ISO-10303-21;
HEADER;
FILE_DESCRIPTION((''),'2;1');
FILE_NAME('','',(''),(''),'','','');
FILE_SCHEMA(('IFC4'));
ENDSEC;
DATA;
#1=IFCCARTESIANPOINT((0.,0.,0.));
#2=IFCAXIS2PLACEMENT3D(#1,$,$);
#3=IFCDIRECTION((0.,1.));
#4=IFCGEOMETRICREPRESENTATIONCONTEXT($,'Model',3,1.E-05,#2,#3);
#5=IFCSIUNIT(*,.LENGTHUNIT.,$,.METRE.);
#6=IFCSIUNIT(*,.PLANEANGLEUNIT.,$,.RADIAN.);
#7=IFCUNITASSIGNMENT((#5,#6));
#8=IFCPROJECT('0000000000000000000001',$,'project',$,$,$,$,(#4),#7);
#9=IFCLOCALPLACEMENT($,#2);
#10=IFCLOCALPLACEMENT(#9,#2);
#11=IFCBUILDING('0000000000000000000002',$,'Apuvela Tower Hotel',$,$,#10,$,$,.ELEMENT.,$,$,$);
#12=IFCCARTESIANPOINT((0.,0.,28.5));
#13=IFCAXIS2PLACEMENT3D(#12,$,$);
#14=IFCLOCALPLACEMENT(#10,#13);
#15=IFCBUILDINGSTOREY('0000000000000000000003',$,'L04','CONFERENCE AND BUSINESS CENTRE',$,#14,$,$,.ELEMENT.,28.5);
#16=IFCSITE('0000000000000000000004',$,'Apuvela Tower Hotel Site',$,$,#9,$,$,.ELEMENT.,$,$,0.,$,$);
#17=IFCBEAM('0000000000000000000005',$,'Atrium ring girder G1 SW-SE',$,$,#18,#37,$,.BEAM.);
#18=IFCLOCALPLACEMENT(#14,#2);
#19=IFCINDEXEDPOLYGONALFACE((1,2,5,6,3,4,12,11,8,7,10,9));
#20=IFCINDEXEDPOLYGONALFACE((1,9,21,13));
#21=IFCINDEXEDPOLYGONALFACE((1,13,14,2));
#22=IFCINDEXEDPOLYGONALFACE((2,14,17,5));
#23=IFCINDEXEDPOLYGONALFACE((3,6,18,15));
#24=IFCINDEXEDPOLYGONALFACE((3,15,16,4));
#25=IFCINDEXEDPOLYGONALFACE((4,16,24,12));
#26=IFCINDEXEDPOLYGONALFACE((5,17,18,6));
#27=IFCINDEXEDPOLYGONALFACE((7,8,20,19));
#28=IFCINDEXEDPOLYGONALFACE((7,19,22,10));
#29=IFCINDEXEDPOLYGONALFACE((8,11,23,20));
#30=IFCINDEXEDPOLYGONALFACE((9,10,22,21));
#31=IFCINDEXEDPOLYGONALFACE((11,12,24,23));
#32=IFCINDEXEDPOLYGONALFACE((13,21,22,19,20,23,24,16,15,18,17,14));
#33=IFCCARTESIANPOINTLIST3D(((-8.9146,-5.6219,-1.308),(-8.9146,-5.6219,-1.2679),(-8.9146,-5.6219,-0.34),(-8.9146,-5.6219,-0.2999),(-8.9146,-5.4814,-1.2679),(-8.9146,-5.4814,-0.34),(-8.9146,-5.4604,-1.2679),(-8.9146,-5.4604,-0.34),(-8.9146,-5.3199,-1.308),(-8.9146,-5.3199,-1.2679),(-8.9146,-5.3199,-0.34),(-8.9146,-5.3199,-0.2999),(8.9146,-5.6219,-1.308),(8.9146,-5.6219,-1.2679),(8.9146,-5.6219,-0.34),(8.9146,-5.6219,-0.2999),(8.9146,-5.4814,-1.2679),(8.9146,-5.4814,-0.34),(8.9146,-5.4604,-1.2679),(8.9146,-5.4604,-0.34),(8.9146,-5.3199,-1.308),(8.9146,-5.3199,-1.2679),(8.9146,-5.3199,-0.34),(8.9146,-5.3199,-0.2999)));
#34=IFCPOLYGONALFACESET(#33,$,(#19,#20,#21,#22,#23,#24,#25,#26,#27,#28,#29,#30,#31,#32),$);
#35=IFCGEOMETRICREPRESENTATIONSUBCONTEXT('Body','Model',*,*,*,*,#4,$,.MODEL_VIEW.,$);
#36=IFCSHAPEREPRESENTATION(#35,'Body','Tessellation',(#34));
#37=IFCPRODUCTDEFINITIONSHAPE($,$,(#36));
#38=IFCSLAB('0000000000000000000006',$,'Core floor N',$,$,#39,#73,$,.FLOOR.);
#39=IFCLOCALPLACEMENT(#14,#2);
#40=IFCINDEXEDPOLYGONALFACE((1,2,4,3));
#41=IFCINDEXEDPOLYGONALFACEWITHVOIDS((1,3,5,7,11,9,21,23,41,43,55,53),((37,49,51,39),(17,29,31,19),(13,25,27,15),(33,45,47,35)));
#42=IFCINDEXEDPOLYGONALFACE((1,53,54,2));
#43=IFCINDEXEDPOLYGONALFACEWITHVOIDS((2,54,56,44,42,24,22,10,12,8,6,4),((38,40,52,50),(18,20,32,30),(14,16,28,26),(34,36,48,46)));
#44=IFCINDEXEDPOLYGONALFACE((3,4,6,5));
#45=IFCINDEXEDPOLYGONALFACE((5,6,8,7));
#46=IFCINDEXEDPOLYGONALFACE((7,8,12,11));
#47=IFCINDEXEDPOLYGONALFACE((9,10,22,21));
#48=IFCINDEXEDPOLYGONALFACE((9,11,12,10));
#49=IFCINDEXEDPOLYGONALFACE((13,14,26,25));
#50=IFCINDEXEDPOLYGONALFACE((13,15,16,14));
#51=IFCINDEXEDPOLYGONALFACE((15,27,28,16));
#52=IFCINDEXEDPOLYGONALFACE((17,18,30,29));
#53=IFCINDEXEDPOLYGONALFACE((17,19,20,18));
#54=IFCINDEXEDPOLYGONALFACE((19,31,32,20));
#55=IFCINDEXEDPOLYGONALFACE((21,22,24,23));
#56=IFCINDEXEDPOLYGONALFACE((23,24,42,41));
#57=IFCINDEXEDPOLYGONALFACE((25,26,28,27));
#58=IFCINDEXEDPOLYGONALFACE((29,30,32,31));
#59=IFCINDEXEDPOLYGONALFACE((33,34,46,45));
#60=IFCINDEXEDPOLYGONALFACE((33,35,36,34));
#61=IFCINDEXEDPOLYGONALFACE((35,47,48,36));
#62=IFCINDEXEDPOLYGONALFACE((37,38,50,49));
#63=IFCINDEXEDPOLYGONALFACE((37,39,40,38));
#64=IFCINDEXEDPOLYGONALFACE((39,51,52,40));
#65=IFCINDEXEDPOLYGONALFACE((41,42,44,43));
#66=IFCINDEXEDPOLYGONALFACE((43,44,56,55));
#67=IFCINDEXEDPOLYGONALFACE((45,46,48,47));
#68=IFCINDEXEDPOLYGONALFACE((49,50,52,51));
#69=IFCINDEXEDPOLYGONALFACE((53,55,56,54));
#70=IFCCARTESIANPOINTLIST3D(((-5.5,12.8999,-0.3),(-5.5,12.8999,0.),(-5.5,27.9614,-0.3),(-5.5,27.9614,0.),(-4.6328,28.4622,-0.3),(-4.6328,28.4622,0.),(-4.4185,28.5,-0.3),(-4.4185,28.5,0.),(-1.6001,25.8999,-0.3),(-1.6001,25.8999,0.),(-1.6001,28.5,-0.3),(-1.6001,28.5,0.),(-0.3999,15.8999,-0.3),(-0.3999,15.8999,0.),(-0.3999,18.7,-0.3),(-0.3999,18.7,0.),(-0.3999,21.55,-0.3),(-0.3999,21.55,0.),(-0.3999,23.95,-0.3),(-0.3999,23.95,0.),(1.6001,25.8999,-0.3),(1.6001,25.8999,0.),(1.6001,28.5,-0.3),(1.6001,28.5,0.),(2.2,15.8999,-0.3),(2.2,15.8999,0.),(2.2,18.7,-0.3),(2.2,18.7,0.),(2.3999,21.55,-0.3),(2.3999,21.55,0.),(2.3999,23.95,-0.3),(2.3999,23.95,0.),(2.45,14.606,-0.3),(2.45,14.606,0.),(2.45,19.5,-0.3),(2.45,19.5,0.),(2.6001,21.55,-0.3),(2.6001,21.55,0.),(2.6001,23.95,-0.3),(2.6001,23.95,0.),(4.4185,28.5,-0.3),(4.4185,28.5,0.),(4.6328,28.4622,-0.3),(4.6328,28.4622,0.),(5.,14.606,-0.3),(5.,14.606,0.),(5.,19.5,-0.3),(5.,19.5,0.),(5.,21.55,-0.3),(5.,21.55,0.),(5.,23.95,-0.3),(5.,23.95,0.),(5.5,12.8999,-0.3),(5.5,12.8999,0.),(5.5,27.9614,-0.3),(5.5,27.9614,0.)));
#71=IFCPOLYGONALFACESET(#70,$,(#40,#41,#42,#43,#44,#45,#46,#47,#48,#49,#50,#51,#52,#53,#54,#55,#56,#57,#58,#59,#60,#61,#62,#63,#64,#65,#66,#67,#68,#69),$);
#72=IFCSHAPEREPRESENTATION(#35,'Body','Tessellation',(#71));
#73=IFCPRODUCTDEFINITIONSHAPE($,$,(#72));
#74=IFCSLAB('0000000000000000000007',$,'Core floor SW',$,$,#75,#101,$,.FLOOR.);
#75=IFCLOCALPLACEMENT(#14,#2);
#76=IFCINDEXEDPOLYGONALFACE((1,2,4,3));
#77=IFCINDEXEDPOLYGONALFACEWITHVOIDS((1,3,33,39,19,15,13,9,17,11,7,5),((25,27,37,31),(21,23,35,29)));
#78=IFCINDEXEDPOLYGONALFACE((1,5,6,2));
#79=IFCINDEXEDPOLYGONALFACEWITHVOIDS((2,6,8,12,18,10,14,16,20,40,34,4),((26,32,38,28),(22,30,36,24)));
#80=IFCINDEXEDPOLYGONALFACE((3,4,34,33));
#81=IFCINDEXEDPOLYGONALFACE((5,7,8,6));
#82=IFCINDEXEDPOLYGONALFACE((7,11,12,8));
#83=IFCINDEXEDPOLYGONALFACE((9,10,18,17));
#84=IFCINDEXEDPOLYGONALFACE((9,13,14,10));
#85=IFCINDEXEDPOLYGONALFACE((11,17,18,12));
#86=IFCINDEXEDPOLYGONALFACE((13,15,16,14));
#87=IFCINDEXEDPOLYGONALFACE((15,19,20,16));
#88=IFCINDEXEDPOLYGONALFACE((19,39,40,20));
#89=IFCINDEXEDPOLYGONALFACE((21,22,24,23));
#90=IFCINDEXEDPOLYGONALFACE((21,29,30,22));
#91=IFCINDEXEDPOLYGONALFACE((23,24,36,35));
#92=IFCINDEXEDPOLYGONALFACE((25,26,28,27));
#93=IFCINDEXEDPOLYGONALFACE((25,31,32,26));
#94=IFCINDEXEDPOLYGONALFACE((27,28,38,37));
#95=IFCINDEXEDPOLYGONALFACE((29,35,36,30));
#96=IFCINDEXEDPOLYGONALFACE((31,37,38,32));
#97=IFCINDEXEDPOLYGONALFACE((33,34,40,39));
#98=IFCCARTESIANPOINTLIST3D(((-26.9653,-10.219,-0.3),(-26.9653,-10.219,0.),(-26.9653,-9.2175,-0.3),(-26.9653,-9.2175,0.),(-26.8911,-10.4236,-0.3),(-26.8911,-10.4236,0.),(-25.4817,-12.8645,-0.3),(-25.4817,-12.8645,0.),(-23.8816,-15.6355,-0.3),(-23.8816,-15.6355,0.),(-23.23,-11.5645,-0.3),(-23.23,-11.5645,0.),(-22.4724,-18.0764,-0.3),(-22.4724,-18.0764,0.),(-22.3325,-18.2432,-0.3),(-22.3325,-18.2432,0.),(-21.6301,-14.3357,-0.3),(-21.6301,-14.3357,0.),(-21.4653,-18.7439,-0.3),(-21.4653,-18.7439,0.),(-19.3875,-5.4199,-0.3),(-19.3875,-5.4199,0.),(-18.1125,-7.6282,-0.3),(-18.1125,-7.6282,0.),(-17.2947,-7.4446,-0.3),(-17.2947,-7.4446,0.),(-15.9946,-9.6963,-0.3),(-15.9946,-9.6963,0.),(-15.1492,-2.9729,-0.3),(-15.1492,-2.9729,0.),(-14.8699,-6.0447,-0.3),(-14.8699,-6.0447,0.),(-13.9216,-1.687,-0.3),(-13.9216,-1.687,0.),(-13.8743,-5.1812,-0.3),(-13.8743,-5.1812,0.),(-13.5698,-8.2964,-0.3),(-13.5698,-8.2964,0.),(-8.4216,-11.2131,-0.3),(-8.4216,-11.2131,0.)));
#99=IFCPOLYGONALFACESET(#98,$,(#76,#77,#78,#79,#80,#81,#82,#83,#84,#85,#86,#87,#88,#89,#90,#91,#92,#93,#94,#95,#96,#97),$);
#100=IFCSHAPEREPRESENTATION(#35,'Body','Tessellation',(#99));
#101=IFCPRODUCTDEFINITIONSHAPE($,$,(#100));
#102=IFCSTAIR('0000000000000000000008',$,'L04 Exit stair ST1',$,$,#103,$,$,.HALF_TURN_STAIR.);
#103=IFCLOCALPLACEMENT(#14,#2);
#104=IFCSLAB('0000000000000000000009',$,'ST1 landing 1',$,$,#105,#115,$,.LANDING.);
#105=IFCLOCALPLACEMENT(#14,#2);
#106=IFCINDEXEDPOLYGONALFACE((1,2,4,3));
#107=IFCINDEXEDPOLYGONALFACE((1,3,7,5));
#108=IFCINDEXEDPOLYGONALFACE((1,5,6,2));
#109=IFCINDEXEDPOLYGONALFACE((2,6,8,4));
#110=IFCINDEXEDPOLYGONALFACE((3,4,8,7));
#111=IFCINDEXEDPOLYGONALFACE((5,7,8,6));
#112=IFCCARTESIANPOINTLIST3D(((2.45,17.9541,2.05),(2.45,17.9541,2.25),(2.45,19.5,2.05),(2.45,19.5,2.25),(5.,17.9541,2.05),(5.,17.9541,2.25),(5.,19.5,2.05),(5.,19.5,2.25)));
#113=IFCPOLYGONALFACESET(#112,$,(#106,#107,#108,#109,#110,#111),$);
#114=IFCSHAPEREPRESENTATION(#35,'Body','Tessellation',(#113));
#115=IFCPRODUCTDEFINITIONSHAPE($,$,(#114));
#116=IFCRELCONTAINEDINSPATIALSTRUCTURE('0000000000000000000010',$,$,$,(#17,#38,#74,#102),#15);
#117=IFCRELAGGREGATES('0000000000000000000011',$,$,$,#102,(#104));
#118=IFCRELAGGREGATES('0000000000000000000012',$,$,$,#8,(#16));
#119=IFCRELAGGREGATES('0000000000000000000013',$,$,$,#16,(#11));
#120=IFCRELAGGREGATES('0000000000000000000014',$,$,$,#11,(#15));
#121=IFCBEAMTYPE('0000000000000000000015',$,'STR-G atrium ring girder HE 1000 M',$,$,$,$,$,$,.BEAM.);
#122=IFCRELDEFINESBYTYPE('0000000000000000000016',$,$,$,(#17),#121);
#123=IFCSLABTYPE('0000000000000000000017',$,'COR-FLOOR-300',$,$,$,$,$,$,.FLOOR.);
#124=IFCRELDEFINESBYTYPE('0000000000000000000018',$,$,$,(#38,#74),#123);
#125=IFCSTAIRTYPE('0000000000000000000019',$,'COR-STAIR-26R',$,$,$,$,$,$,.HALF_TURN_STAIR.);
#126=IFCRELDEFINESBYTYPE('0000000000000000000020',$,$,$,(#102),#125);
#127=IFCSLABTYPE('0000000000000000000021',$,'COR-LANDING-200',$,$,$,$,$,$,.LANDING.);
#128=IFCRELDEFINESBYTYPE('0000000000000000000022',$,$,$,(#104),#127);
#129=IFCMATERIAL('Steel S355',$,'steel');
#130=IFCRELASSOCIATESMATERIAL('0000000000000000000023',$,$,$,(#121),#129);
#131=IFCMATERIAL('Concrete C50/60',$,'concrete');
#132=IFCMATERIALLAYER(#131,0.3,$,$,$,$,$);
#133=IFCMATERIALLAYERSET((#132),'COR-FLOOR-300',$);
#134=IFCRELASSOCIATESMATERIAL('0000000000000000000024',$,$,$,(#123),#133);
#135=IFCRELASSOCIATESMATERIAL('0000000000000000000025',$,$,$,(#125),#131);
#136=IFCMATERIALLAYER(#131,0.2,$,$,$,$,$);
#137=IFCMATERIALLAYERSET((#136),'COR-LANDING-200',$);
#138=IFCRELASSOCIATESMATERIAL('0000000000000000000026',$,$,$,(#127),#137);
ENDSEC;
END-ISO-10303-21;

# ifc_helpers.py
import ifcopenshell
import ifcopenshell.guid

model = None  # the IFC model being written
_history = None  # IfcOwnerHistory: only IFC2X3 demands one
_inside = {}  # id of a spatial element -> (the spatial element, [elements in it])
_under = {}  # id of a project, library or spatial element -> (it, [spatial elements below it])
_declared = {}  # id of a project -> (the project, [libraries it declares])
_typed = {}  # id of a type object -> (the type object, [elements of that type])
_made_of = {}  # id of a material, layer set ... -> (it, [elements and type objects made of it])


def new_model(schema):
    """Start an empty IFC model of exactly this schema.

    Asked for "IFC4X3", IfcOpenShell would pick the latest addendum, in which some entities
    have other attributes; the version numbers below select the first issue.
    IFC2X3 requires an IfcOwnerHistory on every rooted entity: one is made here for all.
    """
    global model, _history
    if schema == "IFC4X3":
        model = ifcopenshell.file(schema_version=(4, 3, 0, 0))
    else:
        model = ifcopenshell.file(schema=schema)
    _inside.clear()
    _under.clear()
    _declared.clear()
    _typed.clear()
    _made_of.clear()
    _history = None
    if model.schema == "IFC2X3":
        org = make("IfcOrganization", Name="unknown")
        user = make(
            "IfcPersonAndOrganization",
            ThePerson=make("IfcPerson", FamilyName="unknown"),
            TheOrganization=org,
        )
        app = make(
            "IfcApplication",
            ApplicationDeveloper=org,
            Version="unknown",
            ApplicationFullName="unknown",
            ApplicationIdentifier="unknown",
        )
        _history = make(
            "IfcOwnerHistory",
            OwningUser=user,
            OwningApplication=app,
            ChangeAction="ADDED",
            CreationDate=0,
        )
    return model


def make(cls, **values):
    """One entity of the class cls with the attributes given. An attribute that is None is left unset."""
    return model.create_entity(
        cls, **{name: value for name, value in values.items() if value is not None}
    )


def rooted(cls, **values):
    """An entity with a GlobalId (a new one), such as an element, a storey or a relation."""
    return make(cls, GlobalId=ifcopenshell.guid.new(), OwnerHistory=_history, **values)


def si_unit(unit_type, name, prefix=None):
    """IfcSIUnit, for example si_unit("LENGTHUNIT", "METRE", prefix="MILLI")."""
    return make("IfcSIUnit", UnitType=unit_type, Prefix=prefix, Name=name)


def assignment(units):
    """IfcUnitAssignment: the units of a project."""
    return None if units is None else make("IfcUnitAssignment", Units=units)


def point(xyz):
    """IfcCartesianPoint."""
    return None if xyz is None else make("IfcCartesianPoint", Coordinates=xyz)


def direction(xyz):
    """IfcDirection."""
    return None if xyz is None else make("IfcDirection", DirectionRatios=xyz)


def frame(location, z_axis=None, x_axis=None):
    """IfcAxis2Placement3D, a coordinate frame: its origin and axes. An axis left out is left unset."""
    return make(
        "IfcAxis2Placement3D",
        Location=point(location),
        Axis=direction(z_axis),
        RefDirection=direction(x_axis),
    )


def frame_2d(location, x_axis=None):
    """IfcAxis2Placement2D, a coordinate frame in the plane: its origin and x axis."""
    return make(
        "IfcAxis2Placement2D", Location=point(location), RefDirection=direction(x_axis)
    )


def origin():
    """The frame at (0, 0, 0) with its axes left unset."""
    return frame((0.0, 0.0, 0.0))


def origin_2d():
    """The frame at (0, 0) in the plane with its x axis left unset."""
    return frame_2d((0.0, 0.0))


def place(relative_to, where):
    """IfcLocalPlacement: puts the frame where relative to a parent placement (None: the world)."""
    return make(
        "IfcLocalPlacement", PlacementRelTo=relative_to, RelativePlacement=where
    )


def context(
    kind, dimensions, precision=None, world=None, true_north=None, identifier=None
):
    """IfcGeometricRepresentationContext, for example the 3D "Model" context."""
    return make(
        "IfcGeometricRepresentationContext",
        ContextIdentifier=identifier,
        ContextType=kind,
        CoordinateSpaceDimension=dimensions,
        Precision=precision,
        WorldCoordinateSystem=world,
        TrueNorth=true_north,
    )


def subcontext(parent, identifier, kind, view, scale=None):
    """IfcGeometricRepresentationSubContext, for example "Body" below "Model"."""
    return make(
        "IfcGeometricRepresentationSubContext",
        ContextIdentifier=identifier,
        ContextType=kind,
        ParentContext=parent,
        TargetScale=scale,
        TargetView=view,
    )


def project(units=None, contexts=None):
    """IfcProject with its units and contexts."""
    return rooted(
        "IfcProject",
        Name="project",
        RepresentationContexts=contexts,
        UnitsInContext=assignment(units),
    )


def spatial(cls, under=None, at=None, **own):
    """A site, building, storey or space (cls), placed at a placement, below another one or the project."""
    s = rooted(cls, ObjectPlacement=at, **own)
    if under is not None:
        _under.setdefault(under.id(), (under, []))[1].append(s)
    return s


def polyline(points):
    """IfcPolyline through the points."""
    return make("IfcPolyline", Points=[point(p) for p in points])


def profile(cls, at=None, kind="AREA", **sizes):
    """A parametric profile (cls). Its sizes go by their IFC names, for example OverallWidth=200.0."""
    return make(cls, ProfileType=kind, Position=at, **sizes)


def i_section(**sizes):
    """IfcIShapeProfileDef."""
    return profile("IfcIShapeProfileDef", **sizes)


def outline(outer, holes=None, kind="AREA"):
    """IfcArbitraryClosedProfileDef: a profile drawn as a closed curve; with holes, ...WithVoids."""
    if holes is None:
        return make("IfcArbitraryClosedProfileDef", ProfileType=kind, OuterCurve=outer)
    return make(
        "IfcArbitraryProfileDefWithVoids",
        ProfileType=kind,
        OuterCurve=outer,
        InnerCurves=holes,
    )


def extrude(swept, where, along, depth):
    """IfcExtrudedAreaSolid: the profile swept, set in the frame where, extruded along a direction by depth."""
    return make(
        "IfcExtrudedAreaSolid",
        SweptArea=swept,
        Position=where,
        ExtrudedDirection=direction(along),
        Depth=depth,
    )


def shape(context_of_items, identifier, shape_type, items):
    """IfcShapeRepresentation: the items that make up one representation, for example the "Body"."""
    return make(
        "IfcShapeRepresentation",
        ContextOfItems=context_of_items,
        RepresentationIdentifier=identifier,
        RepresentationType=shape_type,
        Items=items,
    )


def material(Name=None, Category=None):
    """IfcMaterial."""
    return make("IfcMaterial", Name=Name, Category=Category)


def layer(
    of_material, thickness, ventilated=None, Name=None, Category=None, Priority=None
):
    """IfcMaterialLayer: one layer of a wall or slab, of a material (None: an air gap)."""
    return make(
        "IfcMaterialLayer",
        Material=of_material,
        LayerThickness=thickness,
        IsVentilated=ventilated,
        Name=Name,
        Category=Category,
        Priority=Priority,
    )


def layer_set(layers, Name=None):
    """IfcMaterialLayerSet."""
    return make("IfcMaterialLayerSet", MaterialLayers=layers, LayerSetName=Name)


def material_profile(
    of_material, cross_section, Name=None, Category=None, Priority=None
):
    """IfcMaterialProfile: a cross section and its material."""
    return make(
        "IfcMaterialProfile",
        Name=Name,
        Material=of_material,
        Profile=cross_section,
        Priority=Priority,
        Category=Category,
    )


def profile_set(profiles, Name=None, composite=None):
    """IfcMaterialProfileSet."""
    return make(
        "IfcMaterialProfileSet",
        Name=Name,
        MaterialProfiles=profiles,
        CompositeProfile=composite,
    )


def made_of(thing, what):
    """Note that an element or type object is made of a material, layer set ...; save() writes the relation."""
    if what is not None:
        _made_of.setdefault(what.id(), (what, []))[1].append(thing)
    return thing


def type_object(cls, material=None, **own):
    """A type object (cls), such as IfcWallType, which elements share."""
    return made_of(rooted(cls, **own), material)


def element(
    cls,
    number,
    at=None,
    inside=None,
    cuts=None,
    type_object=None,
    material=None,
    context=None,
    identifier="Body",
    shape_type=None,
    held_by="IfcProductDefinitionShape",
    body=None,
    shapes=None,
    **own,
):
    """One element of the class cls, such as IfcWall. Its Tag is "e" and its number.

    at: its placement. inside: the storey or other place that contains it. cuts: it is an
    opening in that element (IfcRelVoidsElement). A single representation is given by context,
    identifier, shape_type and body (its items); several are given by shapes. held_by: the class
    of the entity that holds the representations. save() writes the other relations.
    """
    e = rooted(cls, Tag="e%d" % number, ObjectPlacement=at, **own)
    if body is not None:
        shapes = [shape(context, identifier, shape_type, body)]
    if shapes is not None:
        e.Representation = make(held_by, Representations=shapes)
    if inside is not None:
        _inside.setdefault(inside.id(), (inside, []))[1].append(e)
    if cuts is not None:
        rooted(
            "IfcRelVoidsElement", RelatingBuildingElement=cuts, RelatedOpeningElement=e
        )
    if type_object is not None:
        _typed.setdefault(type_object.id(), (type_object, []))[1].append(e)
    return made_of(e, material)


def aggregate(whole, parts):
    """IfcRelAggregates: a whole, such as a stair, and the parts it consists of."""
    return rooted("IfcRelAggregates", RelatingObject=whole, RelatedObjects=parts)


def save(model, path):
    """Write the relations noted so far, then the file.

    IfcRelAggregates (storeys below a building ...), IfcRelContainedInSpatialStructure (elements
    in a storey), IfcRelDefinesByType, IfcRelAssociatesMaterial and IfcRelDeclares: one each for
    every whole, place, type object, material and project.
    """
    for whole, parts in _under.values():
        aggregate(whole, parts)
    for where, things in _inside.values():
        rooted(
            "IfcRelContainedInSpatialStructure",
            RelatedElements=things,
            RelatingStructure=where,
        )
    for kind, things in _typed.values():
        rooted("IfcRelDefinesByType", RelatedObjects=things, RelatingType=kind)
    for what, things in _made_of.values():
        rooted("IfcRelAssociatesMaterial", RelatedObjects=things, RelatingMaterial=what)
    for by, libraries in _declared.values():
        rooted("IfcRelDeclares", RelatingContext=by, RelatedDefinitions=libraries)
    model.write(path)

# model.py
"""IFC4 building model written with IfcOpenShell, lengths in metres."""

from ifc_helpers import new_model, si_unit, direction, frame, origin, origin_2d, place, context, subcontext, project, spatial, polyline, i_section, outline, extrude, material, layer, layer_set, material_profile, profile_set, type_object, element, aggregate, save


model = new_model("IFC4")

# Units and contexts
model_context = context("Model", 3, precision=1e-05, world=origin(), true_north=direction((0.0, 1.0)))
body_context = subcontext(model_context, "Body", "Model", "MODEL_VIEW")
ifc_project = project(units=[si_unit("LENGTHUNIT", "METRE"), si_unit("PLANEANGLEUNIT", "RADIAN")], contexts=[model_context])

# Site, building, storey
site_placement = place(None, origin())
site = spatial("IfcSite", under=ifc_project, at=site_placement, Name="Apuvela Tower Hotel Site", CompositionType="ELEMENT", RefElevation=0.0)
building_placement = place(site_placement, origin())
building = spatial("IfcBuilding", under=site, at=building_placement, Name="Apuvela Tower Hotel", CompositionType="ELEMENT")
storey_placement = place(building_placement, frame((0.0, 0.0, 28.5)))
storey = spatial("IfcBuildingStorey", under=building, at=storey_placement, Name="L04", Description="CONFERENCE AND BUSINESS CENTRE", CompositionType="ELEMENT", Elevation=28.5)

# Beam
ifc_material_1 = material(Name="Steel S355", Category="steel")
ifc_material_profile = material_profile(ifc_material_1, i_section(OverallWidth=0.302, OverallDepth=1.0081, WebThickness=0.021, FlangeThickness=0.04, at=origin_2d()), Name="HE 1000 M")
ifc_profile_set = profile_set([ifc_material_profile], Name="Steel S355")
beam_type = type_object("IfcBeamType", Name="STR-G atrium ring girder HE 1000 M", PredefinedType="BEAM", material=ifc_profile_set)
beam_placement = place(storey_placement, frame((-8.9146, -5.4709, -0.804), z_axis=(1.0, 0.0, 0.0), x_axis=(0.0, 1.0, 0.0)))
element("IfcBeam", 1, at=beam_placement, inside=storey, type_object=beam_type, Name="Atrium ring girder G1 SW-SE", PredefinedType="BEAM", context=body_context, shape_type="SweptSolid", body=[
    extrude(i_section(OverallWidth=0.302, OverallDepth=1.0081, WebThickness=0.021, FlangeThickness=0.04, at=origin_2d()), origin(), (0.0, 0.0, 1.0), 17.8291),
])

# Slabs
ifc_material_2 = material(Name="Concrete C50/60", Category="concrete")
ifc_layer_1 = layer(ifc_material_2, 0.3)
ifc_layer_set_1 = layer_set([ifc_layer_1], Name="COR-FLOOR-300")
slab_type_1 = type_object("IfcSlabType", Name="COR-FLOOR-300", PredefinedType="FLOOR", material=ifc_layer_set_1)
slab_1_placement = place(storey_placement, frame((0.0, 0.0, -0.3)))
element("IfcSlab", 2, at=slab_1_placement, inside=storey, type_object=slab_type_1, Name="Core floor N", PredefinedType="FLOOR", context=body_context, shape_type="SweptSolid", body=[
    extrude(outline(polyline([(5.5, 27.9614), (4.6328, 28.4622), (4.4185, 28.5), (1.6001, 28.5), (1.6001, 25.8999), (-1.6001, 25.8999), (-1.6001, 28.5), (-4.4185, 28.5), (-4.6328, 28.4622), (-5.5, 27.9614), (-5.5, 12.8999), (5.5, 12.8999), (5.5, 27.9614)]), holes=[polyline([(5.0, 14.606), (2.45, 14.606), (2.45, 19.5), (5.0, 19.5), (5.0, 14.606)]), polyline([(2.2, 15.8999), (-0.3999, 15.8999), (-0.3999, 18.7), (2.2, 18.7), (2.2, 15.8999)]), polyline([(5.0, 21.55), (2.6001, 21.55), (2.6001, 23.95), (5.0, 23.95), (5.0, 21.55)]), polyline([(2.3999, 21.55), (-0.3999, 21.55), (-0.3999, 23.95), (2.3999, 23.95), (2.3999, 21.55)])]), origin(), (0.0, 0.0, 1.0), 0.3),
])
slab_2_placement = place(storey_placement, frame((0.0, 0.0, -0.3)))
element("IfcSlab", 3, at=slab_2_placement, inside=storey, type_object=slab_type_1, Name="Core floor SW", PredefinedType="FLOOR", context=body_context, shape_type="SweptSolid", body=[
    extrude(outline(polyline([(-26.9653, -9.2175), (-26.9653, -10.219), (-26.8911, -10.4236), (-25.4817, -12.8645), (-23.23, -11.5645), (-21.6301, -14.3357), (-23.8816, -15.6355), (-22.4724, -18.0764), (-22.3325, -18.2432), (-21.4653, -18.7439), (-8.4216, -11.2131), (-13.9216, -1.687), (-26.9653, -9.2175)]), holes=[polyline([(-13.8743, -5.1812), (-18.1125, -7.6282), (-19.3875, -5.4199), (-15.1492, -2.9729), (-13.8743, -5.1812)]), polyline([(-13.5698, -8.2964), (-15.9946, -9.6963), (-17.2947, -7.4446), (-14.8699, -6.0447), (-13.5698, -8.2964)])]), origin(), (0.0, 0.0, 1.0), 0.3),
])

# Stair, slab
stair_type = type_object("IfcStairType", Name="COR-STAIR-26R", PredefinedType="HALF_TURN_STAIR", material=ifc_material_2)
stair_1_placement = place(storey_placement, origin())
stair_1 = element("IfcStair", 4, at=stair_1_placement, inside=storey, type_object=stair_type, Name="L04 Exit stair ST1", PredefinedType="HALF_TURN_STAIR")
ifc_layer_2 = layer(ifc_material_2, 0.2)
ifc_layer_set_2 = layer_set([ifc_layer_2], Name="COR-LANDING-200")
slab_type_2 = type_object("IfcSlabType", Name="COR-LANDING-200", PredefinedType="LANDING", material=ifc_layer_set_2)
slab_3_placement = place(storey_placement, frame((0.0, 0.0, 2.05)))
slab_3 = element("IfcSlab", 5, at=slab_3_placement, type_object=slab_type_2, Name="ST1 landing 1", PredefinedType="LANDING", context=body_context, shape_type="SweptSolid", body=[
    extrude(outline(polyline([(5.0, 17.9541), (5.0, 19.5), (2.45, 19.5), (2.45, 17.9541), (5.0, 17.9541)])), origin(), (0.0, 0.0, 1.0), 0.2),
])
aggregate(stair_1, [slab_3])

save(model, "model.ifc")
